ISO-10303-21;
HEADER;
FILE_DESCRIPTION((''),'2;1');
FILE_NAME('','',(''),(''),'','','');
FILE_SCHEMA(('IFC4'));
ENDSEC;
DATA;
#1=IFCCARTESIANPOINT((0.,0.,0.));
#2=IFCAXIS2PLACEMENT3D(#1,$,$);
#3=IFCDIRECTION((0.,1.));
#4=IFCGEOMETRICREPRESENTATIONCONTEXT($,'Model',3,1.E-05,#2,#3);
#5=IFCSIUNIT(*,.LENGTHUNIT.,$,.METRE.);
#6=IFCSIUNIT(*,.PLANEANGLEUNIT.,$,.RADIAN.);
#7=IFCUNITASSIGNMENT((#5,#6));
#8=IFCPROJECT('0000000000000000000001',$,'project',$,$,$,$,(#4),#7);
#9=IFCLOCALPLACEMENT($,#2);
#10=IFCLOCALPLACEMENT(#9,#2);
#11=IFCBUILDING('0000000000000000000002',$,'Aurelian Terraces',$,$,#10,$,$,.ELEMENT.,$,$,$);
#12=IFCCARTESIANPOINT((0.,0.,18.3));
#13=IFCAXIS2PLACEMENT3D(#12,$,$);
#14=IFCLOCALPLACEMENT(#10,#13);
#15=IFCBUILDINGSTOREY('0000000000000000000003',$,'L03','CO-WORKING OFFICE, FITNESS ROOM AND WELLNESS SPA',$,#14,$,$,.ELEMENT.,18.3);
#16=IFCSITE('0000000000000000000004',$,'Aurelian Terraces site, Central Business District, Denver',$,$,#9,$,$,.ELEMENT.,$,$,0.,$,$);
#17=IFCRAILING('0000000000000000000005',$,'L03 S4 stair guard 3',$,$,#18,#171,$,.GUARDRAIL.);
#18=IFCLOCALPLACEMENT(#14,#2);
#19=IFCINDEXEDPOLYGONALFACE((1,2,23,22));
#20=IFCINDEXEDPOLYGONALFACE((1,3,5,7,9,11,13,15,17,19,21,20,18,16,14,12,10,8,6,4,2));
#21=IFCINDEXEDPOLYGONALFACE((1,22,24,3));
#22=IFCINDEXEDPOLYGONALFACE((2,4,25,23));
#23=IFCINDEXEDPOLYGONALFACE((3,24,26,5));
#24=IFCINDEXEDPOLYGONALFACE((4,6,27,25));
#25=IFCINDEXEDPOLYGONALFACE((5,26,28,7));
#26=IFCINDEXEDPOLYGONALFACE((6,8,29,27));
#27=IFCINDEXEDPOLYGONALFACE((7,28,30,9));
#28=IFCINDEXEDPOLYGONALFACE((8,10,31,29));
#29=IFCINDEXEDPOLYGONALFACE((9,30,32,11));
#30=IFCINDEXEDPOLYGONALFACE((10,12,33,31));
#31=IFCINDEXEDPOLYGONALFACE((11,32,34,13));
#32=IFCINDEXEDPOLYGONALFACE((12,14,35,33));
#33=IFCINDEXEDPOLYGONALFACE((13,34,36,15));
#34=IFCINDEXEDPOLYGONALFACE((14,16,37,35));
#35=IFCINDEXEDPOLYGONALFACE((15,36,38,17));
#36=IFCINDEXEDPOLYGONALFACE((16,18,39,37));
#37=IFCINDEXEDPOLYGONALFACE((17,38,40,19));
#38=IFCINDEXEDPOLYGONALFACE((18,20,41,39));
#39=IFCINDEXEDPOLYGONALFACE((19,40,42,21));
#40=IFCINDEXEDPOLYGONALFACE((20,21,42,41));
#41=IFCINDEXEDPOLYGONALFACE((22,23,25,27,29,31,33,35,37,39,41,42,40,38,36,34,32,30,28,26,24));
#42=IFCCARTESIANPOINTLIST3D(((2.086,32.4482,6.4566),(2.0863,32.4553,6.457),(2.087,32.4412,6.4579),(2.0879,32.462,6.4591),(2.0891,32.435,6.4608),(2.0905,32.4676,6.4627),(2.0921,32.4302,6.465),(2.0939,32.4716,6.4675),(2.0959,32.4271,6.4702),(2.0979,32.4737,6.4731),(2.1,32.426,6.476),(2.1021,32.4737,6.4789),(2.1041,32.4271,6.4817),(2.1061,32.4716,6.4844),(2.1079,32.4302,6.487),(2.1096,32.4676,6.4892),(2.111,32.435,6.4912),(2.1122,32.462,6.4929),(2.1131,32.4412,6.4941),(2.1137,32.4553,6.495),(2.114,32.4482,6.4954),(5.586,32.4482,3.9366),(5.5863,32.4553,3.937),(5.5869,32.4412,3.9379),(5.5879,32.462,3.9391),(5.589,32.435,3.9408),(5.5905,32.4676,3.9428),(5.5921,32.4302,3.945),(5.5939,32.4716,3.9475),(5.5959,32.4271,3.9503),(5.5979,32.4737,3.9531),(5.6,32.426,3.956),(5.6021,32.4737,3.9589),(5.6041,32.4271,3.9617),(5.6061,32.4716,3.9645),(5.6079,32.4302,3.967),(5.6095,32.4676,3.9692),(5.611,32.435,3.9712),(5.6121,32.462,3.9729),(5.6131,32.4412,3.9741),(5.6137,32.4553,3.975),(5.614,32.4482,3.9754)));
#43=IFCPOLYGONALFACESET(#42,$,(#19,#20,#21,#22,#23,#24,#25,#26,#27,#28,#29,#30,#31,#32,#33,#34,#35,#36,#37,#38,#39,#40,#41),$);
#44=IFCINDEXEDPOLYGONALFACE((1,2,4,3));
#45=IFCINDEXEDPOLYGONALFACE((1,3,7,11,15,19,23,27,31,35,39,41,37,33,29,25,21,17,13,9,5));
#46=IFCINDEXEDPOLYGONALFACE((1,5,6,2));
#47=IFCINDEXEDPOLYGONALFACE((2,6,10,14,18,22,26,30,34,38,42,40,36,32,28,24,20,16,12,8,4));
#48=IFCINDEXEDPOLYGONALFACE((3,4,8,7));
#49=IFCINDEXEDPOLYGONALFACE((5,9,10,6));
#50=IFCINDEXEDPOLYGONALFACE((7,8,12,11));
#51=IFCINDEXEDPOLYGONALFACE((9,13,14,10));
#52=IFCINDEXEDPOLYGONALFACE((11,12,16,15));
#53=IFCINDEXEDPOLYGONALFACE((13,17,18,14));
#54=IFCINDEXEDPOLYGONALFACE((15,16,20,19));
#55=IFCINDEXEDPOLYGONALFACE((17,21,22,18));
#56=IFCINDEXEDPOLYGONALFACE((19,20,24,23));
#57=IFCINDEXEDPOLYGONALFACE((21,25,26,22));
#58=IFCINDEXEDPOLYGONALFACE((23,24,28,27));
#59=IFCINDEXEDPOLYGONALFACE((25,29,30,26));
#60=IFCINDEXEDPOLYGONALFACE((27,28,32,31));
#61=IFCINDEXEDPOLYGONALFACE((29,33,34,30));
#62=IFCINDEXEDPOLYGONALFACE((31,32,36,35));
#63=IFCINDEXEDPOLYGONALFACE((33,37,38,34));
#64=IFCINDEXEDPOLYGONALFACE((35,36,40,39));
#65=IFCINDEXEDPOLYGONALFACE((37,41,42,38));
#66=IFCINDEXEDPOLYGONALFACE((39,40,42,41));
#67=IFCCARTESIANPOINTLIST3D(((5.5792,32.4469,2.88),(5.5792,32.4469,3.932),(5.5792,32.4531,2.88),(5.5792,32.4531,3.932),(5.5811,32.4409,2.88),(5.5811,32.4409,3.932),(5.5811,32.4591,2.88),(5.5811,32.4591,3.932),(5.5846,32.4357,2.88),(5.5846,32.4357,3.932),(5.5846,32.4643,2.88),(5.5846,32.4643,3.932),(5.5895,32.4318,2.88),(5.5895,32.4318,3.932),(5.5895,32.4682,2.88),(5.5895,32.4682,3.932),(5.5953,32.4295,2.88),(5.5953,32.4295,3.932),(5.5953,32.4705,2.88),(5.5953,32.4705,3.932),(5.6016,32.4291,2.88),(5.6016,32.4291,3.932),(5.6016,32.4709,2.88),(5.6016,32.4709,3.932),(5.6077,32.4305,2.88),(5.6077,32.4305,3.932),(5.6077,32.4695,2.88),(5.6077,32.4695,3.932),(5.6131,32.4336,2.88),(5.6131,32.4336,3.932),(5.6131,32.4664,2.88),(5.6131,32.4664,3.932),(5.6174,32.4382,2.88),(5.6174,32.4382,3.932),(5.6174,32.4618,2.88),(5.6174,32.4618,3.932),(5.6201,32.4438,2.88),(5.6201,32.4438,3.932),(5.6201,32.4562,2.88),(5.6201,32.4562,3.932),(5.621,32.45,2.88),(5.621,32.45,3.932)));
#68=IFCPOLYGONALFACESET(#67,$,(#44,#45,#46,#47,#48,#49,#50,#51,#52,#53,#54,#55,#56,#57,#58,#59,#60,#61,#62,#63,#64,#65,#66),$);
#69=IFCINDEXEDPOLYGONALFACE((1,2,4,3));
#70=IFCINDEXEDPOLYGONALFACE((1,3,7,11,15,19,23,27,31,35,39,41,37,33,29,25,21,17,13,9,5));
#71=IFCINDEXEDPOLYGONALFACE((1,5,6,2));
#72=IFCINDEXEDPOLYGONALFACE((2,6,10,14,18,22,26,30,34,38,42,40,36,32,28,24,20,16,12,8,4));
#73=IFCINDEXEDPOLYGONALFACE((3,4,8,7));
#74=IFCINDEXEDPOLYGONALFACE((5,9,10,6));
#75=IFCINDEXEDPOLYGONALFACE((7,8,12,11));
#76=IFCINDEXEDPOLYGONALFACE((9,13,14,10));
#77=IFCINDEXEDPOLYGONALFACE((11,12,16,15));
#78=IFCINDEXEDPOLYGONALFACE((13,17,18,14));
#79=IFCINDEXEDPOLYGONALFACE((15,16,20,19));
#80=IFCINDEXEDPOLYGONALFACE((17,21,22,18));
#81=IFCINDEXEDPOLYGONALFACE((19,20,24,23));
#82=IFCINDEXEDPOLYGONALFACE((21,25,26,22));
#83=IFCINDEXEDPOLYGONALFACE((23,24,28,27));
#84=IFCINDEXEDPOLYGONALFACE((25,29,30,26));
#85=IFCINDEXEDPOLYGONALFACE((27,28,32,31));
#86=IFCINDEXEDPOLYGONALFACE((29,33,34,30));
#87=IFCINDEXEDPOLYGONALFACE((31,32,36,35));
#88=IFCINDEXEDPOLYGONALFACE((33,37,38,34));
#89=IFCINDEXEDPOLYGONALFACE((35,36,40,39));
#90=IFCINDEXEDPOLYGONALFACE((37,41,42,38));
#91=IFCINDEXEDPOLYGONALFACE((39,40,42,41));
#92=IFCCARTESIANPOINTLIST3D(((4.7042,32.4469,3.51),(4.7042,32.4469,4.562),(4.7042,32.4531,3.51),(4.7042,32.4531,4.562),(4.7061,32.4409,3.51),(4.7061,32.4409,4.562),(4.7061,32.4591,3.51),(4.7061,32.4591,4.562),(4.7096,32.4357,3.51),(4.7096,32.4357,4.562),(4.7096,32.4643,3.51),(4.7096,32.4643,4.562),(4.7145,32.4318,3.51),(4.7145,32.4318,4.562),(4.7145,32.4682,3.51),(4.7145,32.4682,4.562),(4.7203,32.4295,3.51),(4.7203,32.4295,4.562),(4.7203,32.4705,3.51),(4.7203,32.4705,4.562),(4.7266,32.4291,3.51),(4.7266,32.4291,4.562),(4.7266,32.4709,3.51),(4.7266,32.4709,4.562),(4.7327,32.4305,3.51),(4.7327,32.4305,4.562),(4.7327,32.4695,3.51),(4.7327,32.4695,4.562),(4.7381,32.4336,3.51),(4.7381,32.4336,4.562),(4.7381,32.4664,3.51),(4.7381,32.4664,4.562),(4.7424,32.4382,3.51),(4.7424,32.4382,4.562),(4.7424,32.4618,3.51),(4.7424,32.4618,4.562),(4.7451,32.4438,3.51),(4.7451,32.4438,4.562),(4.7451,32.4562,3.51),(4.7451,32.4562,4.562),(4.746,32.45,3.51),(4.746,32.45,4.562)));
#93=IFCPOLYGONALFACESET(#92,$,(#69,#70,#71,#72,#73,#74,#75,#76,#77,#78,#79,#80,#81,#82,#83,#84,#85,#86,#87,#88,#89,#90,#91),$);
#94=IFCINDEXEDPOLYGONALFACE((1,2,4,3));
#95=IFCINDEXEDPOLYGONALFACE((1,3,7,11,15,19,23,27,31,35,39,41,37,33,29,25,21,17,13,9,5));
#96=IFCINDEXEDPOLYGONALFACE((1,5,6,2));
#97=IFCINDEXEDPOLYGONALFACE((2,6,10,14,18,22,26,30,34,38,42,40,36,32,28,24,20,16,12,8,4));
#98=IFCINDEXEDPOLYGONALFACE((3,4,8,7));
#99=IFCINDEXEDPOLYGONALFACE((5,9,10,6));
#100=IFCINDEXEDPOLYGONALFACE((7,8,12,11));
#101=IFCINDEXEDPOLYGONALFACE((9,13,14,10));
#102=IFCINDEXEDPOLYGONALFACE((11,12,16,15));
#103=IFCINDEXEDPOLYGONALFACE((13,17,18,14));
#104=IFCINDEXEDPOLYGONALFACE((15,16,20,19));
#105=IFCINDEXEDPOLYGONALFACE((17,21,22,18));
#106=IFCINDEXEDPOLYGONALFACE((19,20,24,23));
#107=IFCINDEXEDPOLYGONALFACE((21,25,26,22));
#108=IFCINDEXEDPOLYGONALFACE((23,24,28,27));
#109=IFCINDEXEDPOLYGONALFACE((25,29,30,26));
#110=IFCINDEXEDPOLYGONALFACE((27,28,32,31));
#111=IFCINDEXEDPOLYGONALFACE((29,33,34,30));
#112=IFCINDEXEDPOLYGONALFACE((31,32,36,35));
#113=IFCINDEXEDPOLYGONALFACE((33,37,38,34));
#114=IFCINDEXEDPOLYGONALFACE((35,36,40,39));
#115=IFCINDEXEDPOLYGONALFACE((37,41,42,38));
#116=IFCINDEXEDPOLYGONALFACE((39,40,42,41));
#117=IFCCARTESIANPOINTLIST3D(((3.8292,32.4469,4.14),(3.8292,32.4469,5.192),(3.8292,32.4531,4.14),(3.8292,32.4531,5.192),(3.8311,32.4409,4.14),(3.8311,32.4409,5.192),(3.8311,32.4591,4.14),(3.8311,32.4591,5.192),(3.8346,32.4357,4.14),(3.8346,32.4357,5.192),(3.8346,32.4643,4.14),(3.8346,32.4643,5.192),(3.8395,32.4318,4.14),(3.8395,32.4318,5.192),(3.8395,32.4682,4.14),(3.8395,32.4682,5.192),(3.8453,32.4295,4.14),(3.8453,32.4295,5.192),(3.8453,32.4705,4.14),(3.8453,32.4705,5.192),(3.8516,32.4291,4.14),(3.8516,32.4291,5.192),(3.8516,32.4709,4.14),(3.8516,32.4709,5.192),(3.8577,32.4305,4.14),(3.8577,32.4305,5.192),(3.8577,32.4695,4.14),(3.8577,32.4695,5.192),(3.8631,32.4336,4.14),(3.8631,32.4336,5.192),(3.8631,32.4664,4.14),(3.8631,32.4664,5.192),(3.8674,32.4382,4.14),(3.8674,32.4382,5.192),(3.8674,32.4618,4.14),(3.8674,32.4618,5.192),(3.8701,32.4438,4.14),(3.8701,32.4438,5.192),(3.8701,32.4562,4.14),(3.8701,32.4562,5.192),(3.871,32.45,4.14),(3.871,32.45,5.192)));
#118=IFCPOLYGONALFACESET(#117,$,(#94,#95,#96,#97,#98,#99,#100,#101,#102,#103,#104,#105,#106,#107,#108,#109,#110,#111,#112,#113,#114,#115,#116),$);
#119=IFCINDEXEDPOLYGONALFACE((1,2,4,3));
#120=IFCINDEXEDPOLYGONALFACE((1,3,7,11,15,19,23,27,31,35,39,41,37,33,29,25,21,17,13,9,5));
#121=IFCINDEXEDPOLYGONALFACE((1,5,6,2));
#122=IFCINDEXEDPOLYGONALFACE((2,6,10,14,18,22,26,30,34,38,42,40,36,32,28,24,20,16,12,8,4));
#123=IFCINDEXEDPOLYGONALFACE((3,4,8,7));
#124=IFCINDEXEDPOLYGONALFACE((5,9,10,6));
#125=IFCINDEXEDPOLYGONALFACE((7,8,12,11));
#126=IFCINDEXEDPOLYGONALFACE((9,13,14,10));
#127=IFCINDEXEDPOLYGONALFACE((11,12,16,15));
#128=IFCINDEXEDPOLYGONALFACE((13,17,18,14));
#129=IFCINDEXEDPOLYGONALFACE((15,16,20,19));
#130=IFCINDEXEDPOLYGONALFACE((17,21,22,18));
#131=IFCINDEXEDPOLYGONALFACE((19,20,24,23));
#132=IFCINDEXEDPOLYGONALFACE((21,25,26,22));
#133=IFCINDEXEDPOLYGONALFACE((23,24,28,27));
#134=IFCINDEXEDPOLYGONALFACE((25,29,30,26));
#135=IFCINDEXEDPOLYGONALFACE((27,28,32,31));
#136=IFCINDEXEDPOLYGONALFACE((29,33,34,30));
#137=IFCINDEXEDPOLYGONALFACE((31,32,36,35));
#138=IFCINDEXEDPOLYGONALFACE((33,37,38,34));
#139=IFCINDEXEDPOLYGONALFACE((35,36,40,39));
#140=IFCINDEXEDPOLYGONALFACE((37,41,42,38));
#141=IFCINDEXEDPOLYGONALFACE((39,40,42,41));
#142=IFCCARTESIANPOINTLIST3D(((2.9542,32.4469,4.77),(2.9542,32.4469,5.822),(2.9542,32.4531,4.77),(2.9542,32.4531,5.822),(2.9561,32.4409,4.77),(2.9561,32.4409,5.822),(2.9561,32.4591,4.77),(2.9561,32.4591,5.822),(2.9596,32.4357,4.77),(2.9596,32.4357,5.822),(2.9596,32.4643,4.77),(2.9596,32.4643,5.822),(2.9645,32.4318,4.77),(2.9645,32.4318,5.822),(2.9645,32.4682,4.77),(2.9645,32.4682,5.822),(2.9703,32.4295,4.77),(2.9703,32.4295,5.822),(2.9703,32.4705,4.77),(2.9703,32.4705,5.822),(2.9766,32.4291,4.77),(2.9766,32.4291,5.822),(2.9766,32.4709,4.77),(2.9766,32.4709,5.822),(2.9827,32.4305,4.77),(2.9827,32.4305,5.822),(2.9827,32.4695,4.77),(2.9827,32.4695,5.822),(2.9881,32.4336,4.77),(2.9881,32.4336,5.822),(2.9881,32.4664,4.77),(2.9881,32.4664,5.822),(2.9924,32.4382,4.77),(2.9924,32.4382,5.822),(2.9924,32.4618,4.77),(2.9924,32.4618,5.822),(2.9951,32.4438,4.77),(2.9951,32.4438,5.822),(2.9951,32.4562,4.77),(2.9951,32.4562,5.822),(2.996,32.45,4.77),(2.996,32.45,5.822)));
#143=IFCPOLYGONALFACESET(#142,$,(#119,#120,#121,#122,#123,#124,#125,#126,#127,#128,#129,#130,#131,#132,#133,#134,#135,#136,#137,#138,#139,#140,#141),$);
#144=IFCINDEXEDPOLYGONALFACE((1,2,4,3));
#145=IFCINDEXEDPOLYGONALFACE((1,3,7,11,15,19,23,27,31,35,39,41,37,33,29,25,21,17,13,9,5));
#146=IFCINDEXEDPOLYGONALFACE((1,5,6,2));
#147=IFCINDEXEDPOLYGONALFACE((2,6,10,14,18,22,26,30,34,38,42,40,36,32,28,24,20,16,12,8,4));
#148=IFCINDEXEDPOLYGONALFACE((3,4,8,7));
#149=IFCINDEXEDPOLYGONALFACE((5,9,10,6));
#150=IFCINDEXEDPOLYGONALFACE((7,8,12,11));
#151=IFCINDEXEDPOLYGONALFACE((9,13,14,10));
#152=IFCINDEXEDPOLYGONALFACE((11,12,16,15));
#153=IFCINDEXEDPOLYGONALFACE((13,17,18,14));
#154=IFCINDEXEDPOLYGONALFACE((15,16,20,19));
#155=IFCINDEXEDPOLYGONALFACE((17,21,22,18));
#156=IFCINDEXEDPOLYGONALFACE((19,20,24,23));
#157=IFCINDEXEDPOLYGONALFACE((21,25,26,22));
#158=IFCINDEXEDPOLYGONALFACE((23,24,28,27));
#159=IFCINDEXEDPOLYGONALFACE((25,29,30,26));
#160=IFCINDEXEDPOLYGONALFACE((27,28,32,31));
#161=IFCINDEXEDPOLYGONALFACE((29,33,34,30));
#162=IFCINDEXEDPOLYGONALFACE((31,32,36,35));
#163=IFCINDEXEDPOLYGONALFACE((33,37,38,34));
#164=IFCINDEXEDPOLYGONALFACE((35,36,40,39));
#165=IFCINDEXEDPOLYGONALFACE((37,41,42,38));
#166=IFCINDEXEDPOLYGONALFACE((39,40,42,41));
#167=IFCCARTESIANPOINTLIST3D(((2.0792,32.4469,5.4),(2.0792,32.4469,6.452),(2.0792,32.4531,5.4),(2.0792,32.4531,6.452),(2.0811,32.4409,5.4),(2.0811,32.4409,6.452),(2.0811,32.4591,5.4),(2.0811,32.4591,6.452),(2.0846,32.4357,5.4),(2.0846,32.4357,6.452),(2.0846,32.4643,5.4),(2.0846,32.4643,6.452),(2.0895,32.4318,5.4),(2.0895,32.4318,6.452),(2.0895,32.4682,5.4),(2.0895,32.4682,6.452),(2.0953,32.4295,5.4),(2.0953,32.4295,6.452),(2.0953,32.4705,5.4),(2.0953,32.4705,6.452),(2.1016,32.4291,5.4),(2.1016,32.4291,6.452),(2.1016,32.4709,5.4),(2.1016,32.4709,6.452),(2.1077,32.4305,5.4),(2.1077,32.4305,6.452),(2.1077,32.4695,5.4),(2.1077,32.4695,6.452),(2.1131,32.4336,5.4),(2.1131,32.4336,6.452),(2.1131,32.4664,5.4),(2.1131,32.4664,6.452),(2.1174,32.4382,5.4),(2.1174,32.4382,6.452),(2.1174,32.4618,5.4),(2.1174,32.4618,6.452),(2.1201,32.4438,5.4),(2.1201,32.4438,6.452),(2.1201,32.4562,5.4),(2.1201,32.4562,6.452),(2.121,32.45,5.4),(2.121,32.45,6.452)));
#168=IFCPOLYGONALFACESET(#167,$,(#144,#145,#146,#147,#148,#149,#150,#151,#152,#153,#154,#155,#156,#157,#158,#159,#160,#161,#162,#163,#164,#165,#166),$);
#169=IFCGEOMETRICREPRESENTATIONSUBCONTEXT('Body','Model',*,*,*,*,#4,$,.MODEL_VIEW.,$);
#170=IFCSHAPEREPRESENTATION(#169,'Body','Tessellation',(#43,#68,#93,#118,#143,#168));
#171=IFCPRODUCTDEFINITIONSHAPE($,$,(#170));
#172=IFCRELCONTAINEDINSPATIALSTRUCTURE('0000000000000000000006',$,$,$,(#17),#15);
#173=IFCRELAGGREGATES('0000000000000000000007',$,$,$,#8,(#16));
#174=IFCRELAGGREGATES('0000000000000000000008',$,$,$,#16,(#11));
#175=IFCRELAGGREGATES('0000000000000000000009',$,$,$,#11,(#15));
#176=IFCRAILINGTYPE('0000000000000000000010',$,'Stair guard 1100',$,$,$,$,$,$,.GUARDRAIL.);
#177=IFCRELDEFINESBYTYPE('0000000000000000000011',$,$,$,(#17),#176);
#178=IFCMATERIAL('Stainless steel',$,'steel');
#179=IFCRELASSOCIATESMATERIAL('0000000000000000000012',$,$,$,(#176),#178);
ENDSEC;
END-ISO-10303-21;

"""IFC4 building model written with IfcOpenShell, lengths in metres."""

from ifc_helpers import new_model, si_unit, direction, frame, origin, origin_2d, place, context, subcontext, project, spatial, circle, extrude, source, transform, mapped, material, type_object, element, save


model = new_model("IFC4")

# Units and contexts
model_context = context("Model", 3, precision=1e-05, world=origin(), true_north=direction((0.0, 1.0)))
body_context = subcontext(model_context, "Body", "Model", "MODEL_VIEW")
ifc_project = project(units=[si_unit("LENGTHUNIT", "METRE"), si_unit("PLANEANGLEUNIT", "RADIAN")], contexts=[model_context])

# Site, building, storey
site_placement = place(None, origin())
site = spatial("IfcSite", under=ifc_project, at=site_placement, Name="Aurelian Terraces site, Central Business District, Denver", CompositionType="ELEMENT", RefElevation=0.0)
building_placement = place(site_placement, origin())
building = spatial("IfcBuilding", under=site, at=building_placement, Name="Aurelian Terraces", CompositionType="ELEMENT")
storey_placement = place(building_placement, frame((0.0, 0.0, 18.3)))
storey = spatial("IfcBuildingStorey", under=building, at=storey_placement, Name="L03", Description="CO-WORKING OFFICE, FITNESS ROOM AND WELLNESS SPA", CompositionType="ELEMENT", Elevation=18.3)

# Railing
ifc_material_1 = material(Name="Stainless steel", Category="steel")
railing_type_1 = type_object("IfcRailingType", Name="Stair guard 1100", PredefinedType="GUARDRAIL", material=ifc_material_1)
shared_shape_1 = source(origin(), body_context, "Body", "SweptSolid", [
    extrude(circle(Radius=0.024, at=origin_2d()), frame((0.0, 0.0, 1.076), z_axis=(-0.811534, 0.0, 0.584305), x_axis=(0.0, -1.0, 0.0)), (0.0, 0.0, 1.0), 4.3128),
    extrude(circle(Radius=0.021, at=origin_2d()), origin(), (0.0, 0.0, 1.0), 1.052),
    extrude(circle(Radius=0.021, at=origin_2d()), frame((-0.875, 0.0, 0.63)), (0.0, 0.0, 1.0), 1.052),
    extrude(circle(Radius=0.021, at=origin_2d()), frame((-1.75, 0.0, 1.26)), (0.0, 0.0, 1.0), 1.052),
    extrude(circle(Radius=0.021, at=origin_2d()), frame((-2.625, 0.0, 1.89)), (0.0, 0.0, 1.0), 1.052),
    extrude(circle(Radius=0.021, at=origin_2d()), frame((-3.5, 0.0, 2.52)), (0.0, 0.0, 1.0), 1.052),
])
railing_1_placement = place(storey_placement, frame((5.6, 32.45, 2.88)))
element("IfcRailing", 1, at=railing_1_placement, inside=storey, type_object=railing_type_1, Name="L03 S4 stair guard 3", PredefinedType="GUARDRAIL", context=body_context, shape_type="MappedRepresentation", body=[
    mapped(shared_shape_1, transform((0.0, 0.0, 0.0), scale=1.0)),
])

save(model, "model.ifc")
